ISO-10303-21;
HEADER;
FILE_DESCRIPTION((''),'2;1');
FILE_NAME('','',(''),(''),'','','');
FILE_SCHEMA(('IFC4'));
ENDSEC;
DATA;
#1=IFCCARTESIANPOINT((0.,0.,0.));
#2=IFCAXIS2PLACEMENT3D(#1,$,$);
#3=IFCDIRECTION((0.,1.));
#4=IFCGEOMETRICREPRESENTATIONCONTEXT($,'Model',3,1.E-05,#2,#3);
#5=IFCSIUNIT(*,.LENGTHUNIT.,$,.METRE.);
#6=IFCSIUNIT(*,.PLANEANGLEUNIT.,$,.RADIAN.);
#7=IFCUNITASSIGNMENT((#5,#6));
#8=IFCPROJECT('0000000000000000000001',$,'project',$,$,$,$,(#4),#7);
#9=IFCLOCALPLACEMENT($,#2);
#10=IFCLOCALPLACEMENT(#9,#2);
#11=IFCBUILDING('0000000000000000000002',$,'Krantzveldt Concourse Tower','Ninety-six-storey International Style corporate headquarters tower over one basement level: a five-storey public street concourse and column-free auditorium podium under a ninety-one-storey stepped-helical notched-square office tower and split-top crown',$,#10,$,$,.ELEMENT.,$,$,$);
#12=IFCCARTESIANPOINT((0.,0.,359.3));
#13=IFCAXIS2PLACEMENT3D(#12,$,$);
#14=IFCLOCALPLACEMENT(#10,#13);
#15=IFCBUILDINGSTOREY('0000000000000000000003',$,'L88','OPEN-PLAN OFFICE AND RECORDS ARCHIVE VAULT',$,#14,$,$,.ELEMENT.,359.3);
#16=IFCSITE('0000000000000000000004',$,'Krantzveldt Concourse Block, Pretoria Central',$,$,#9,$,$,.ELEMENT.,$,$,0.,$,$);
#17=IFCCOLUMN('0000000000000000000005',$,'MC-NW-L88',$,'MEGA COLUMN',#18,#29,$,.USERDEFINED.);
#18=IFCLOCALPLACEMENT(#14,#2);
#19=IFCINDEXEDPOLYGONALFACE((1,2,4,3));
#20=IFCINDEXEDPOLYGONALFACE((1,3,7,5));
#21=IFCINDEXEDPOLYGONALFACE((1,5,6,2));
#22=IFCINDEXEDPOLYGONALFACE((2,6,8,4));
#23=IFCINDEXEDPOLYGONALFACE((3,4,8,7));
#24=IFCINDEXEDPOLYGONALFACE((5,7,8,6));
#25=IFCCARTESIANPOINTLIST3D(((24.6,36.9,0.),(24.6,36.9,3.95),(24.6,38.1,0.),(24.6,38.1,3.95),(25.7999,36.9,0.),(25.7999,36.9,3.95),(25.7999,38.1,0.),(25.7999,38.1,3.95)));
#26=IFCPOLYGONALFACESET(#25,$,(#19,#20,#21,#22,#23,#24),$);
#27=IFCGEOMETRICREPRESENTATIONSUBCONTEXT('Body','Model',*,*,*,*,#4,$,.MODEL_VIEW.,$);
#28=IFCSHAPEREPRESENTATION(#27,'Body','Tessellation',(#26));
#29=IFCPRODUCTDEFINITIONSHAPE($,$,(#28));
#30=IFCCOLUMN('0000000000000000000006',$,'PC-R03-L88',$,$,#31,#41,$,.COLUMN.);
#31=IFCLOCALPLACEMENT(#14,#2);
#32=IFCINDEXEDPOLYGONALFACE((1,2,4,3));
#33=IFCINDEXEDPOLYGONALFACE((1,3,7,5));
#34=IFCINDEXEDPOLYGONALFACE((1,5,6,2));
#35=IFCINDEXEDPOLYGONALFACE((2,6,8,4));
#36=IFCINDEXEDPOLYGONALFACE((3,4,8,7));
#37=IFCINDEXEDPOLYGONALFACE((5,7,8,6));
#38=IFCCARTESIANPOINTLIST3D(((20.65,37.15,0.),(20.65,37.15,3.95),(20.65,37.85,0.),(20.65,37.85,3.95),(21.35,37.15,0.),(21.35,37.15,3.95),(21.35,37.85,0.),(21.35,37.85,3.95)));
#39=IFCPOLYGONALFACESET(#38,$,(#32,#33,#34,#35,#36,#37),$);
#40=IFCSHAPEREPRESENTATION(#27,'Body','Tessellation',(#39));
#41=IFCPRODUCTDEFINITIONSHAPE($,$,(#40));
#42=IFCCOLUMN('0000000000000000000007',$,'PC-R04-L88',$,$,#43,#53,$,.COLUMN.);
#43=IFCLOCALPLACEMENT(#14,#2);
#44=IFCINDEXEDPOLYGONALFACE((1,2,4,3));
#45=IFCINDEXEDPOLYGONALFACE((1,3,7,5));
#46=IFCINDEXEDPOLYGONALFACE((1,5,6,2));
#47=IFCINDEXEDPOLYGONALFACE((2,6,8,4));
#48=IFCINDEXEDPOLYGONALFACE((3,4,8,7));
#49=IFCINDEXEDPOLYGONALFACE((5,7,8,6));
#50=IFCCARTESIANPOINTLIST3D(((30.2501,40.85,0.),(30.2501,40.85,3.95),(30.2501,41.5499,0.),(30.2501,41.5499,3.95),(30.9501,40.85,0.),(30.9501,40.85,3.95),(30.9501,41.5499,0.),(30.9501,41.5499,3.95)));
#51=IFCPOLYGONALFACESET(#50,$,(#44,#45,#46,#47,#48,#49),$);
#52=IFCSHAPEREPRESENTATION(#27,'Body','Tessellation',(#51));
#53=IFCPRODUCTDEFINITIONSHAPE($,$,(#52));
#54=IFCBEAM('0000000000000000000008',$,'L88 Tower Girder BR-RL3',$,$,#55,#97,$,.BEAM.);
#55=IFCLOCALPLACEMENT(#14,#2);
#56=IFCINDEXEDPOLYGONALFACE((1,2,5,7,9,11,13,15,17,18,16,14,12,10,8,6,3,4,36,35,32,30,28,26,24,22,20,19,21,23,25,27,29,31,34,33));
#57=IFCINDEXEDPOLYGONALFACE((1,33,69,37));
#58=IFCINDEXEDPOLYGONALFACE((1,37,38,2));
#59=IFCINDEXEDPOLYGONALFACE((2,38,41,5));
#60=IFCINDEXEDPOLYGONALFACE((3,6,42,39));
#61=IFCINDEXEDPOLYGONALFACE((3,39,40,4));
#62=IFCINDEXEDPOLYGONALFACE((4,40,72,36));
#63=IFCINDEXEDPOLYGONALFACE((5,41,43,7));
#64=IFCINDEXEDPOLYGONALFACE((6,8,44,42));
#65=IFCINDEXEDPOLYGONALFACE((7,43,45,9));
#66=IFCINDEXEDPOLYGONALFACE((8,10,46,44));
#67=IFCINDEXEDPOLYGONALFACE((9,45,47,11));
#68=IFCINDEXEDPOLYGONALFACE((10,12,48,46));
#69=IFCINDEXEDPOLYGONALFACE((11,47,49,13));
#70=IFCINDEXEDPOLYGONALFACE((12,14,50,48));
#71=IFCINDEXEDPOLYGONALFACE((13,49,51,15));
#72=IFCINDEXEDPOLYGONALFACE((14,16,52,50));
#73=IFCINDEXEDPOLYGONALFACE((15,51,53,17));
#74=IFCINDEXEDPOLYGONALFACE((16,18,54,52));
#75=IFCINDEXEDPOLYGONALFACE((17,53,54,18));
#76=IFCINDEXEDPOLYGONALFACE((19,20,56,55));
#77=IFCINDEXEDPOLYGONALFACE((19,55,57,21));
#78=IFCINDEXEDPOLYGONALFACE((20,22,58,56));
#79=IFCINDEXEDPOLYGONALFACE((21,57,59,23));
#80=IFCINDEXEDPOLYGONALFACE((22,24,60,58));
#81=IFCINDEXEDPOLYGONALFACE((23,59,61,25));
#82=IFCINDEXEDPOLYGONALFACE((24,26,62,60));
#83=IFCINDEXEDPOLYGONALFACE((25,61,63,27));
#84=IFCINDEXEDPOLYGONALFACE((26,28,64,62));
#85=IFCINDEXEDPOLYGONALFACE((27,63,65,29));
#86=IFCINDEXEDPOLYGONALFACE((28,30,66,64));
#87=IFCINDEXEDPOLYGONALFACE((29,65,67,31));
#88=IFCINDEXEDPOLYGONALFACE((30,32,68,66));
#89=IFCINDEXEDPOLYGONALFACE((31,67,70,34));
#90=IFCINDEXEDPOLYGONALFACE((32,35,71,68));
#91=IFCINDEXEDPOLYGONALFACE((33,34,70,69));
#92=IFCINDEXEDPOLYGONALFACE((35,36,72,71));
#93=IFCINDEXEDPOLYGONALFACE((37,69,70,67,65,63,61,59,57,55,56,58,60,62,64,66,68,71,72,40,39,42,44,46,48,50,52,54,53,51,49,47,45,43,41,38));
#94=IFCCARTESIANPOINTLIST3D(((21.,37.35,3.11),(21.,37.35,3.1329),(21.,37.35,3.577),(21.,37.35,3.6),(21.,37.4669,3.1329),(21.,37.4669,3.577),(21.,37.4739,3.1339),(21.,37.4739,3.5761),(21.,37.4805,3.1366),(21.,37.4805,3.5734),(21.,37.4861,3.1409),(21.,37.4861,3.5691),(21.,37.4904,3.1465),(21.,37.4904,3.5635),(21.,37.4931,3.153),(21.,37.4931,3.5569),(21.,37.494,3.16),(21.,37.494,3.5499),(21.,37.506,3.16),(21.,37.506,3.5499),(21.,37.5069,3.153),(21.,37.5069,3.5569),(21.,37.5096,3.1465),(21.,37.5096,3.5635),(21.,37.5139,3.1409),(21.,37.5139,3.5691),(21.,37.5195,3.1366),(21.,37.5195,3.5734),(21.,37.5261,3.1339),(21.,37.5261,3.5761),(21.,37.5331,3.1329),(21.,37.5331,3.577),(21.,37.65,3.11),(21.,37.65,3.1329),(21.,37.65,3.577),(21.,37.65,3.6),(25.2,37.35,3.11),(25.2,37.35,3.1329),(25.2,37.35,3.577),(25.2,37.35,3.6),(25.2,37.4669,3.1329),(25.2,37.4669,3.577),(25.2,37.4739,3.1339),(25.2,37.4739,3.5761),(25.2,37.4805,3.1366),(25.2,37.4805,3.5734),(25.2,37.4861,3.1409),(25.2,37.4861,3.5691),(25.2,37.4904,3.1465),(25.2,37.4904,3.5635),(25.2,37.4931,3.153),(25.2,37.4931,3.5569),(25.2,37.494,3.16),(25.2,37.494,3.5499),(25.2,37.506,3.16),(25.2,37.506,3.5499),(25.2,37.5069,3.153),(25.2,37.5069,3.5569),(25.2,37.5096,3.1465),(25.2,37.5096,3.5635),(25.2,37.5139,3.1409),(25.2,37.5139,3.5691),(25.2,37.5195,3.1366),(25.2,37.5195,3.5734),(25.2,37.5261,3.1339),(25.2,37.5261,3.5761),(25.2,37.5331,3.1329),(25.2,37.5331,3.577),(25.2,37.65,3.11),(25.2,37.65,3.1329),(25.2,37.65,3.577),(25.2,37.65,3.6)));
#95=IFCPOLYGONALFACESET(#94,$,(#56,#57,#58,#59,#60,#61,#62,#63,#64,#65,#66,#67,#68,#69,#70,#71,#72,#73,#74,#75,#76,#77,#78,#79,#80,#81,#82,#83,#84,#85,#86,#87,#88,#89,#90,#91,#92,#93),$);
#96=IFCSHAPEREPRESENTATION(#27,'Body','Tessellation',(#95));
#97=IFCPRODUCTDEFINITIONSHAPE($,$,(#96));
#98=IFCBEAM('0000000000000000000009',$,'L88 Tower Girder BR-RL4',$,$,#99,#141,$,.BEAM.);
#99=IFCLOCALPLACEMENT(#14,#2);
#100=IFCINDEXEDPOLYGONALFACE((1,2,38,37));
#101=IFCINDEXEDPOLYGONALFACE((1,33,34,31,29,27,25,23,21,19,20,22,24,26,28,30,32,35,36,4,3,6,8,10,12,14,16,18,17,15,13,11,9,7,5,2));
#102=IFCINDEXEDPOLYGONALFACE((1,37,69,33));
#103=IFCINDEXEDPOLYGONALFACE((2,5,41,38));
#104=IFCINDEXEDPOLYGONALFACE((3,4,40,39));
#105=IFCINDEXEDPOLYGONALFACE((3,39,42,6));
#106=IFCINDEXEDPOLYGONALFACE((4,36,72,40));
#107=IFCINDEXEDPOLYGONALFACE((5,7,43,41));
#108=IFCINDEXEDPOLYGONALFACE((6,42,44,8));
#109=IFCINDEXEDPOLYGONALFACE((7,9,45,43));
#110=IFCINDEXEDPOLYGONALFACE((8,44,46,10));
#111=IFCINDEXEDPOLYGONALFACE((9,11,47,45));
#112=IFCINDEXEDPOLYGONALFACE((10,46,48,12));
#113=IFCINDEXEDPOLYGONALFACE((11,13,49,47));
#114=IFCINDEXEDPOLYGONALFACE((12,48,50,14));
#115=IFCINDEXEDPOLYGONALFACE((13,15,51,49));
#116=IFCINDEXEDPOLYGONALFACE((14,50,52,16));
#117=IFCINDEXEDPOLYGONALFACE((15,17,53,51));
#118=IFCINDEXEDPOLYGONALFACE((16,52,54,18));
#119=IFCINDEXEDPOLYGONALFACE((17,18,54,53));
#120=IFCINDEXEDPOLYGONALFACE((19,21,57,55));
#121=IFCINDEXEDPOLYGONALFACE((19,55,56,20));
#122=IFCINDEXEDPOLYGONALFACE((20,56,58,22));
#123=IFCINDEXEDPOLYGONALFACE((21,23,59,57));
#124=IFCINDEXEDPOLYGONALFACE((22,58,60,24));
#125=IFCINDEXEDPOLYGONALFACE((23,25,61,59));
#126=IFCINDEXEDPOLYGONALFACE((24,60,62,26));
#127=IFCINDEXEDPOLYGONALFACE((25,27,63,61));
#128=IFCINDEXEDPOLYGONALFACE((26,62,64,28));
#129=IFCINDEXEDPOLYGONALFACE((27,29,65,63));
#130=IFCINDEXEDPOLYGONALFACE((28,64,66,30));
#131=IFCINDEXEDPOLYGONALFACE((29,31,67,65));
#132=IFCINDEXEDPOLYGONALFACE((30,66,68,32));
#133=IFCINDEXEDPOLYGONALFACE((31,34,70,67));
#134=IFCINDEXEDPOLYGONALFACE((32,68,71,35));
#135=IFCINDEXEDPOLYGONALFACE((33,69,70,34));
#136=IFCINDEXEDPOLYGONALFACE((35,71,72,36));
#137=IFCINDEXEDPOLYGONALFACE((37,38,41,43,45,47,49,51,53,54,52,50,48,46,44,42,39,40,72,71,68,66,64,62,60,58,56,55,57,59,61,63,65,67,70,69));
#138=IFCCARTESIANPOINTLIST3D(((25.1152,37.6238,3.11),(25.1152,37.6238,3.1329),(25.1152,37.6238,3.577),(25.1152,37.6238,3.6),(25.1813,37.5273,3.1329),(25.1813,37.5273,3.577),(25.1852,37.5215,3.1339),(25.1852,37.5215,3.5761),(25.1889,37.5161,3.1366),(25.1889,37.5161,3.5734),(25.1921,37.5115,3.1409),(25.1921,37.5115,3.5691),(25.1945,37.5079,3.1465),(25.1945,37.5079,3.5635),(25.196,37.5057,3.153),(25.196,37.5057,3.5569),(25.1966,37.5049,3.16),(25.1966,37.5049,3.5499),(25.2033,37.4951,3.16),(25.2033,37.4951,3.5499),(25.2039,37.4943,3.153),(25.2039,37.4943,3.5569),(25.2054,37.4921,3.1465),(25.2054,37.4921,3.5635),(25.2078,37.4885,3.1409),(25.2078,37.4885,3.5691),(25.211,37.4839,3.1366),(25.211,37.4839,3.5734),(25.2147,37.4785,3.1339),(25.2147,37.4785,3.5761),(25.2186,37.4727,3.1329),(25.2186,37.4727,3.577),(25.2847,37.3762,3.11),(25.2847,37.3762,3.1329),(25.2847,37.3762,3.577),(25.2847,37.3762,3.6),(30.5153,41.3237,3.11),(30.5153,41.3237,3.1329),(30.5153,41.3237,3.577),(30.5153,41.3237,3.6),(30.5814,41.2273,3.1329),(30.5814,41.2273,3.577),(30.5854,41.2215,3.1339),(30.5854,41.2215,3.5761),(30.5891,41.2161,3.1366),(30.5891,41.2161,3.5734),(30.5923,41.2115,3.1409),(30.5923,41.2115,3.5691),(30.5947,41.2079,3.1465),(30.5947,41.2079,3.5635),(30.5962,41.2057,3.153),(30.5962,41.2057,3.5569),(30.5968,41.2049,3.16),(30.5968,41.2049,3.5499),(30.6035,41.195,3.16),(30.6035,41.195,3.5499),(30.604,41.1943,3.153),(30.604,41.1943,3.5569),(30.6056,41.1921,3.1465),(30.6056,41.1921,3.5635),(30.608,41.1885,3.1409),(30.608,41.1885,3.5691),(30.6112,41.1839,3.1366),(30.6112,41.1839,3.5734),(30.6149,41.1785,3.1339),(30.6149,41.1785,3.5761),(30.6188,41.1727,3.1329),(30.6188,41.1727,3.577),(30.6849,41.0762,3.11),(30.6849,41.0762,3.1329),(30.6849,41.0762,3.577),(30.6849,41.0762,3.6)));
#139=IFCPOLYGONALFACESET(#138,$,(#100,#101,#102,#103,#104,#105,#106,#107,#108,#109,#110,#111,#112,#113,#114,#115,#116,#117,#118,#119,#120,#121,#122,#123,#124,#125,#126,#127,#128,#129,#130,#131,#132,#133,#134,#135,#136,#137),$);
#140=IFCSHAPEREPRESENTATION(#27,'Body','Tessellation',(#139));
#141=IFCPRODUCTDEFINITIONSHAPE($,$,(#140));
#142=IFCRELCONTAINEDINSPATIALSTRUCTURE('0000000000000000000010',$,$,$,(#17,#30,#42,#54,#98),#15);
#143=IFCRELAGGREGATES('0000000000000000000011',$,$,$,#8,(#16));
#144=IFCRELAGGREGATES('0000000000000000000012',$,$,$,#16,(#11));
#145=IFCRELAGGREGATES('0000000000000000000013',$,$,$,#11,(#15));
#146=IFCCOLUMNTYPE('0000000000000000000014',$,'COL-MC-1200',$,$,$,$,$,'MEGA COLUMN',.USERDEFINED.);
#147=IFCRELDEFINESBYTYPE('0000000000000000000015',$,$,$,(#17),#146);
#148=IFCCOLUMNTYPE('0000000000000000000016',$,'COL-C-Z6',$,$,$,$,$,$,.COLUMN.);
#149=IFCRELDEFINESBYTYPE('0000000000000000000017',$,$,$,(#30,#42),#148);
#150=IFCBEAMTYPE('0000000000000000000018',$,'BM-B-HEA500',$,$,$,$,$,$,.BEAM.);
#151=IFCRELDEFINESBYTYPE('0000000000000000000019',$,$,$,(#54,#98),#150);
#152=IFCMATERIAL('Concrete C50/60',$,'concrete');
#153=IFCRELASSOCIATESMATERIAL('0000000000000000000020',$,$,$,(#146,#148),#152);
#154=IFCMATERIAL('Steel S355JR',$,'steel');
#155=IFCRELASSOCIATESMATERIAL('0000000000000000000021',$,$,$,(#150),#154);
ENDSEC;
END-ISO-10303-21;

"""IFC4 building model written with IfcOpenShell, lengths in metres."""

from ifc_helpers import new_model, si_unit, direction, frame, origin, origin_2d, place, context, subcontext, project, spatial, rectangle, i_section, extrude, source, transform, mapped, material, material_profile, profile_set, type_object, type_shapes, element, save


model = new_model("IFC4")

# Units and contexts
model_context = context("Model", 3, precision=1e-05, world=origin(), true_north=direction((0.0, 1.0)))
body_context = subcontext(model_context, "Body", "Model", "MODEL_VIEW")
ifc_project = project(units=[si_unit("LENGTHUNIT", "METRE"), si_unit("PLANEANGLEUNIT", "RADIAN")], contexts=[model_context])

# Site, building, storey
site_placement = place(None, origin())
site = spatial("IfcSite", under=ifc_project, at=site_placement, Name="Krantzveldt Concourse Block, Pretoria Central", CompositionType="ELEMENT", RefElevation=0.0)
building_placement = place(site_placement, origin())
building = spatial("IfcBuilding", under=site, at=building_placement, Name="Krantzveldt Concourse Tower", Description="Ninety-six-storey International Style corporate headquarters tower over one basement level: a five-storey public street concourse and column-free auditorium podium under a ninety-one-storey stepped-helical notched-square office tower and split-top crown", CompositionType="ELEMENT")
storey_placement = place(building_placement, frame((0.0, 0.0, 359.3)))
storey = spatial("IfcBuildingStorey", under=building, at=storey_placement, Name="L88", Description="OPEN-PLAN OFFICE AND RECORDS ARCHIVE VAULT", CompositionType="ELEMENT", Elevation=359.3)

# Columns
ifc_material_1 = material(Name="Concrete C50/60", Category="concrete")
ifc_material_profile_1 = material_profile(ifc_material_1, rectangle(XDim=1.2, YDim=1.2, at=origin_2d()), Name="Concrete C50/60", Category="concrete")
ifc_profile_set_1 = profile_set([ifc_material_profile_1], Name="Concrete C50/60 - RC 1200x1200")
column_type_1 = type_object("IfcColumnType", Name="COL-MC-1200", ElementType="MEGA COLUMN", PredefinedType="USERDEFINED", material=ifc_profile_set_1)
shared_shape_1 = source(origin(), body_context, "Body", "SweptSolid", [
    extrude(rectangle(XDim=1.2, YDim=1.2, at=origin_2d()), origin(), (0.0, 0.0, 1.0), 3.95),
])
type_shapes(column_type_1, [shared_shape_1])
column_placement = place(storey_placement, frame((25.2, 37.5, 0.0), z_axis=(0.0, 0.0, 1.0), x_axis=(1.0, 0.0, 0.0)))
element("IfcColumn", 1, at=column_placement, inside=storey, type_object=column_type_1, Name="MC-NW-L88", ObjectType="MEGA COLUMN", PredefinedType="USERDEFINED", context=body_context, shape_type="MappedRepresentation", body=[
    mapped(shared_shape_1, transform((0.0, 0.0, 0.0), x_axis=(1.0, 0.0, 0.0), y_axis=(0.0, 1.0, 0.0), z_axis=(0.0, 0.0, 1.0), scale=1.0)),
])
ifc_material_profile_2 = material_profile(ifc_material_1, rectangle(XDim=0.7, YDim=0.7, at=origin_2d()), Name="Concrete C50/60", Category="concrete")
ifc_profile_set_2 = profile_set([ifc_material_profile_2], Name="Concrete C50/60 - RC 700x700")
column_type_2 = type_object("IfcColumnType", Name="COL-C-Z6", PredefinedType="COLUMN", material=ifc_profile_set_2)
shared_shape_2 = source(origin(), body_context, "Body", "SweptSolid", [
    extrude(rectangle(XDim=0.7, YDim=0.7, at=origin_2d()), origin(), (0.0, 0.0, 1.0), 3.95),
])
type_shapes(column_type_2, [shared_shape_2])
for number, where, z_axis, x_axis, name in (
    (2, (21.0, 37.5, 0.0), (0.0, 0.0, 1.0), (1.0, 0.0, 0.0), "PC-R03-L88"),
    (3, (30.6001, 41.2, 0.0), (0.0, 0.0, 1.0), (1.0, 0.0, 0.0), "PC-R04-L88"),
):
    element("IfcColumn", number, at=place(storey_placement, frame(where, z_axis=z_axis, x_axis=x_axis)), inside=storey, type_object=column_type_2, Name=name, PredefinedType="COLUMN", context=body_context, shape_type="MappedRepresentation", body=[
        mapped(shared_shape_2, transform((0.0, 0.0, 0.0), x_axis=(1.0, 0.0, 0.0), y_axis=(0.0, 1.0, 0.0), z_axis=(0.0, 0.0, 1.0), scale=1.0)),
    ])

# Beams
ifc_material_2 = material(Name="Steel S355JR", Category="steel")
ifc_material_profile_3 = material_profile(ifc_material_2, i_section(OverallWidth=0.3, OverallDepth=0.49, WebThickness=0.012, FlangeThickness=0.0229, FilletRadius=0.0271, at=origin_2d()), Name="Steel S355JR", Category="steel")
ifc_profile_set_3 = profile_set([ifc_material_profile_3], Name="Steel S355JR - HEA 500")
beam_type_1 = type_object("IfcBeamType", Name="BM-B-HEA500", PredefinedType="BEAM", material=ifc_profile_set_3)
shared_shape_3 = source(origin(), body_context, "Body", "SweptSolid", [
    extrude(i_section(OverallWidth=0.3, OverallDepth=0.49, WebThickness=0.012, FlangeThickness=0.0229, FilletRadius=0.0271, at=origin_2d()), origin(), (0.0, 0.0, 1.0), 4.2),
])
beam_1_placement = place(storey_placement, frame((21.0, 37.5, 3.355), z_axis=(1.0, 0.0, 0.0), x_axis=(0.0, 1.0, 0.0)))
element("IfcBeam", 4, at=beam_1_placement, inside=storey, type_object=beam_type_1, Name="L88 Tower Girder BR-RL3", PredefinedType="BEAM", context=body_context, shape_type="MappedRepresentation", body=[
    mapped(shared_shape_3, transform((0.0, 0.0, 0.0), x_axis=(1.0, 0.0, 0.0), y_axis=(0.0, 1.0, 0.0), z_axis=(0.0, 0.0, 1.0), scale=1.0)),
])
shared_shape_4 = source(origin(), body_context, "Body", "SweptSolid", [
    extrude(i_section(OverallWidth=0.3, OverallDepth=0.49, WebThickness=0.012, FlangeThickness=0.0229, FilletRadius=0.0271, at=origin_2d()), origin(), (0.0, 0.0, 1.0), 6.5461),
])
type_shapes(beam_type_1, [shared_shape_3, shared_shape_4])
beam_2_placement = place(storey_placement, frame((25.2, 37.5, 3.355), z_axis=(0.824943, 0.565216, 0.0), x_axis=(-0.565216, 0.824943, 0.0)))
element("IfcBeam", 5, at=beam_2_placement, inside=storey, type_object=beam_type_1, Name="L88 Tower Girder BR-RL4", PredefinedType="BEAM", context=body_context, shape_type="MappedRepresentation", body=[
    mapped(shared_shape_4, transform((0.0, 0.0, 0.0), x_axis=(1.0, 0.0, 0.0), y_axis=(0.0, 1.0, 0.0), z_axis=(0.0, 0.0, 1.0), scale=1.0)),
])

save(model, "model.ifc")
